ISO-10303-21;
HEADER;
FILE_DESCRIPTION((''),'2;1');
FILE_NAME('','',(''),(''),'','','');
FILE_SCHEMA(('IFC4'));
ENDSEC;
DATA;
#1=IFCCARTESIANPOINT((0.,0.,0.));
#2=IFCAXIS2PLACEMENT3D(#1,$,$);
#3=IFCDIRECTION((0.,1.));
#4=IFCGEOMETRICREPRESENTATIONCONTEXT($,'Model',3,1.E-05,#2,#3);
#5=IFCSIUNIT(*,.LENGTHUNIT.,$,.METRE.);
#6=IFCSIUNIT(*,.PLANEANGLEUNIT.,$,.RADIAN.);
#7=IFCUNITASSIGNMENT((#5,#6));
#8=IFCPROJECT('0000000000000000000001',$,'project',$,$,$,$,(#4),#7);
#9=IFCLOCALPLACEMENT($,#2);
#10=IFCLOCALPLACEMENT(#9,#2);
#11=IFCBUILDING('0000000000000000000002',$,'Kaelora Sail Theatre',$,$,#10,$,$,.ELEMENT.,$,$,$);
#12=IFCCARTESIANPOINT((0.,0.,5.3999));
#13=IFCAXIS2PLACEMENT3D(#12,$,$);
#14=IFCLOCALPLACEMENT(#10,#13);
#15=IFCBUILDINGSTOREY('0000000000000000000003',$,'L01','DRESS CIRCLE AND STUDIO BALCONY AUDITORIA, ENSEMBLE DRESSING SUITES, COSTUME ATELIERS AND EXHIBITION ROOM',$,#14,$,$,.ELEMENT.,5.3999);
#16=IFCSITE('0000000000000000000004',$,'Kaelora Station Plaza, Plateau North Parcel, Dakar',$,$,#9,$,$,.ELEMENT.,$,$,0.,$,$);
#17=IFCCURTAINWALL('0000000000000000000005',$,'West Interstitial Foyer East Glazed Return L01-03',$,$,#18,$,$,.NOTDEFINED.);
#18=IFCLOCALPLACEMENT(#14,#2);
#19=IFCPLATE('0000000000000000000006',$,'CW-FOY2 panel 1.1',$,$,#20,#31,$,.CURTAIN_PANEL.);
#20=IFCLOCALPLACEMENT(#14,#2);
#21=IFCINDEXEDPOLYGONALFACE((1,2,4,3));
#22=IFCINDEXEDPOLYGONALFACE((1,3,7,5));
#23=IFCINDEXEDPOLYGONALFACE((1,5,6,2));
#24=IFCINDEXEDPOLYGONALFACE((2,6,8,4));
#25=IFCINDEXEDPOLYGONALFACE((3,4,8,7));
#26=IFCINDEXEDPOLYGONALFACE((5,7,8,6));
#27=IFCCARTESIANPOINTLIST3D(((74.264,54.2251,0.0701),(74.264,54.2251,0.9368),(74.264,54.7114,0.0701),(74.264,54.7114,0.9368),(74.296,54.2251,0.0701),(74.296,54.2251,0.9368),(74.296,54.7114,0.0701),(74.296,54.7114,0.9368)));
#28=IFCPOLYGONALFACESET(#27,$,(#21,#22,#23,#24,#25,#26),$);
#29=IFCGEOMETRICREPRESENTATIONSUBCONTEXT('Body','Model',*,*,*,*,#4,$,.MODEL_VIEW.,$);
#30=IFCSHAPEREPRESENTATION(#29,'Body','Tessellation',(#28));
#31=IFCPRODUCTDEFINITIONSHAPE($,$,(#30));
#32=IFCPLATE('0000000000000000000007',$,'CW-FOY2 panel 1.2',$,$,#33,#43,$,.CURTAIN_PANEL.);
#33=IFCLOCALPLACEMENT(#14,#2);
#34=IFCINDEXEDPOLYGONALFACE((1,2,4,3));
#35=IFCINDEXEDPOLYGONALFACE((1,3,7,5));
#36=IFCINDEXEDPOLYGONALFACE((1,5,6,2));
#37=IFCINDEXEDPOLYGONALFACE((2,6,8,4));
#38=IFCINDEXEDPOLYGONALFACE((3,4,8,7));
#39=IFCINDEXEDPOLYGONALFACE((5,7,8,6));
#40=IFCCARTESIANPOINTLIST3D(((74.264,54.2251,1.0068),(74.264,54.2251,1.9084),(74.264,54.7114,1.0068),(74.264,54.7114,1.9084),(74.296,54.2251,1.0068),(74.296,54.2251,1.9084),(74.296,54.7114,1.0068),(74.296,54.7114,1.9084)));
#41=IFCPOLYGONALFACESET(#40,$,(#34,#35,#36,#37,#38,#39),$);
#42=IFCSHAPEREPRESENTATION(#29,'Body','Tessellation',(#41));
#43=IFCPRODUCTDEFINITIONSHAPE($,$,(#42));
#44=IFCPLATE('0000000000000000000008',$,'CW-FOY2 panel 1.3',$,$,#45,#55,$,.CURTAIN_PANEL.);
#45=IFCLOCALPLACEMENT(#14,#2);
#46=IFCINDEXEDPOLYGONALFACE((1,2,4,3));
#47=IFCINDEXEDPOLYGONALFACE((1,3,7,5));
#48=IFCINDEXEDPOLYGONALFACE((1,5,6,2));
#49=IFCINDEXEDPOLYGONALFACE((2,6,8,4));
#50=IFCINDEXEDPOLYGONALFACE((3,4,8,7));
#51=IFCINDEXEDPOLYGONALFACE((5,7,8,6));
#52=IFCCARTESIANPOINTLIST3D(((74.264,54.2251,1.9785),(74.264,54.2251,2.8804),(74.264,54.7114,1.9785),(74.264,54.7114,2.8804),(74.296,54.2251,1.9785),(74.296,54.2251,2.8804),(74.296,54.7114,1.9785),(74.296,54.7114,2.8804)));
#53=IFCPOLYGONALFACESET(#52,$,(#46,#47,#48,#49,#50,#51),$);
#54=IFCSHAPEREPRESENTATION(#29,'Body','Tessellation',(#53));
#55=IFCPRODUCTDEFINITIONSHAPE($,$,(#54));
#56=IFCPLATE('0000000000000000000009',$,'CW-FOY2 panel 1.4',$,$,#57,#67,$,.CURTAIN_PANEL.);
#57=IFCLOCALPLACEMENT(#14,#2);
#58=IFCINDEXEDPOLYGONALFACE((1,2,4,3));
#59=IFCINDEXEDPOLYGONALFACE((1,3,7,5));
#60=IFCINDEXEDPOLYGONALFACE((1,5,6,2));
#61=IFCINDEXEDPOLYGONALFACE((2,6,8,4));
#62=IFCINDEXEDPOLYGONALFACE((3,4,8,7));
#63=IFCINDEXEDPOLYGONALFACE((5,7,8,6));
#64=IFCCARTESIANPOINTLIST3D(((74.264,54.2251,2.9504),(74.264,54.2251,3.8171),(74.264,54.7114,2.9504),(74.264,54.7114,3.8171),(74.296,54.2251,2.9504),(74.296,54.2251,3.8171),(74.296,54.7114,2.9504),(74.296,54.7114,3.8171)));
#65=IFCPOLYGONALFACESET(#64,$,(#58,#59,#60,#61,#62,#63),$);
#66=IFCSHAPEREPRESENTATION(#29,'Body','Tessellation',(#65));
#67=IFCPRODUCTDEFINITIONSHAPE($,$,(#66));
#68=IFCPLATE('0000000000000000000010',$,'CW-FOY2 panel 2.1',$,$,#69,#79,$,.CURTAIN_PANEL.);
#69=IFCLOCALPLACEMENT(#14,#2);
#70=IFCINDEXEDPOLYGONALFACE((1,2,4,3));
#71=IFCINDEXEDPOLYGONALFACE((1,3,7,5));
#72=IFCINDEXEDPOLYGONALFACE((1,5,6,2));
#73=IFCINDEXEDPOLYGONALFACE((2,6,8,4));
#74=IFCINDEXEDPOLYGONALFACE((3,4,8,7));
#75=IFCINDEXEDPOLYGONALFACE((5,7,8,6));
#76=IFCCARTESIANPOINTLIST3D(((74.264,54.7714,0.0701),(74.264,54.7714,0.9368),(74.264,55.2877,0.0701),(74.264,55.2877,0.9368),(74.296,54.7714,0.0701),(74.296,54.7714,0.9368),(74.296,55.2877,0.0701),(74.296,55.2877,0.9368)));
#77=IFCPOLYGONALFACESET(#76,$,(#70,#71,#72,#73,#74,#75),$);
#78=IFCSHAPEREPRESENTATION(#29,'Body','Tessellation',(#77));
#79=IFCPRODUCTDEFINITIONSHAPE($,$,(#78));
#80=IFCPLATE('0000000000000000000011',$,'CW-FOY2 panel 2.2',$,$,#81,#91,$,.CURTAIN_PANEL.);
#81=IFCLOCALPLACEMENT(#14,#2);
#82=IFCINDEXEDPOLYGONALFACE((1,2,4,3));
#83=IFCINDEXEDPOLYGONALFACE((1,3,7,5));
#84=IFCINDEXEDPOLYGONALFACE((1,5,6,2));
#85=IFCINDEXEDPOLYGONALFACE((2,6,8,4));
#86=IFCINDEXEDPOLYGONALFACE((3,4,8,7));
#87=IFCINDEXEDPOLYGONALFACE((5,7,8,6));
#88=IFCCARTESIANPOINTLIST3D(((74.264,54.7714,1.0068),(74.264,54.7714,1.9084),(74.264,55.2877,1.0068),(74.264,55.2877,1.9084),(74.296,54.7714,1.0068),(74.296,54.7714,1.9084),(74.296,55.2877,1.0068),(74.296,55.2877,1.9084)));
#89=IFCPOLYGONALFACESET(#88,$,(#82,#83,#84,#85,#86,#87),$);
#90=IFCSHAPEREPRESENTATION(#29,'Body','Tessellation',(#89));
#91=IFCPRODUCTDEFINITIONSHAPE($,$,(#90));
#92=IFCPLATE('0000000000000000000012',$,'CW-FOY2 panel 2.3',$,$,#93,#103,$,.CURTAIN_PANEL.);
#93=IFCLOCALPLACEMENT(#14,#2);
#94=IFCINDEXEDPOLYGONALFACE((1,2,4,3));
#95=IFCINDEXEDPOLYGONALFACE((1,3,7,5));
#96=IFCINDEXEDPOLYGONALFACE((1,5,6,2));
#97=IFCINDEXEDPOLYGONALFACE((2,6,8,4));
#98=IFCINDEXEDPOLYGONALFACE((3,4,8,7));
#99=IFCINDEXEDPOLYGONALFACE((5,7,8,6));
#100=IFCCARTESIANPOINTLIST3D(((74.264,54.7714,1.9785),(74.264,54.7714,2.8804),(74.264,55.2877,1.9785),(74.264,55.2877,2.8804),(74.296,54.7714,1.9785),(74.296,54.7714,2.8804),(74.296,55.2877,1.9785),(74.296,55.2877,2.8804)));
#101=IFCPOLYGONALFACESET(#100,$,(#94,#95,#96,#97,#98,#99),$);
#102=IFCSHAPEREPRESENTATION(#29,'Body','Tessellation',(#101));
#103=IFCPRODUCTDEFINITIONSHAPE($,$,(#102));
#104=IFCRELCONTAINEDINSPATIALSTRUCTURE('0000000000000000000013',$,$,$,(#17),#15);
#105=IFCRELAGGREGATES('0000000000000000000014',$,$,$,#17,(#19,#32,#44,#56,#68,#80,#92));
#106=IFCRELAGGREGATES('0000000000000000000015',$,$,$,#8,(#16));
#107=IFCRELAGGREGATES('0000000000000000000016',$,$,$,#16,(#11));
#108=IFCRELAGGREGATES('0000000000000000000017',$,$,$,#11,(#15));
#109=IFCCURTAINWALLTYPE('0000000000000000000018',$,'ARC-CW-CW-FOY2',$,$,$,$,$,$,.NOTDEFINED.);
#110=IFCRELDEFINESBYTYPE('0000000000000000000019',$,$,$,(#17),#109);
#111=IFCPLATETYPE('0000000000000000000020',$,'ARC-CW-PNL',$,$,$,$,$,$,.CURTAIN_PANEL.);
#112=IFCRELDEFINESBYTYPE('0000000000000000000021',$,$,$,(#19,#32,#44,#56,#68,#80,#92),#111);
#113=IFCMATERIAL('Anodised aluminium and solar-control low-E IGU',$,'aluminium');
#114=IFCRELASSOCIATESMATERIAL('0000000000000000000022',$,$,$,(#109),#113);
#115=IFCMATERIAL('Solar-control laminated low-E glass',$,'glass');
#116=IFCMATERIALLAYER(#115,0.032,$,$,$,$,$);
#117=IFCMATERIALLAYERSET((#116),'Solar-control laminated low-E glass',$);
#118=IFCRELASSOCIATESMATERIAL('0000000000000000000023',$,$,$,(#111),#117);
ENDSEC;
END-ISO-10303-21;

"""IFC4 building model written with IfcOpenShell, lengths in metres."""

from ifc_helpers import new_model, si_unit, direction, frame, origin, origin_2d, place, context, subcontext, project, spatial, rectangle, extrude, material, layer, layer_set, type_object, element, aggregate, save


model = new_model("IFC4")

# Units and contexts
model_context = context("Model", 3, precision=1e-05, world=origin(), true_north=direction((0.0, 1.0)))
body_context = subcontext(model_context, "Body", "Model", "MODEL_VIEW")
ifc_project = project(units=[si_unit("LENGTHUNIT", "METRE"), si_unit("PLANEANGLEUNIT", "RADIAN")], contexts=[model_context])

# Site, building, storey
site_placement = place(None, origin())
site = spatial("IfcSite", under=ifc_project, at=site_placement, Name="Kaelora Station Plaza, Plateau North Parcel, Dakar", CompositionType="ELEMENT", RefElevation=0.0)
building_placement = place(site_placement, origin())
building = spatial("IfcBuilding", under=site, at=building_placement, Name="Kaelora Sail Theatre", CompositionType="ELEMENT")
storey_placement = place(building_placement, frame((0.0, 0.0, 5.3999)))
storey = spatial("IfcBuildingStorey", under=building, at=storey_placement, Name="L01", Description="DRESS CIRCLE AND STUDIO BALCONY AUDITORIA, ENSEMBLE DRESSING SUITES, COSTUME ATELIERS AND EXHIBITION ROOM", CompositionType="ELEMENT", Elevation=5.3999)

# Shared definitions
ifc_material_1 = material(Name="Anodised aluminium and solar-control low-E IGU", Category="aluminium")
curtain_wall_type = type_object("IfcCurtainWallType", Name="ARC-CW-CW-FOY2", PredefinedType="NOTDEFINED", material=ifc_material_1)

# Curtain wall
curtain_wall_1_placement = place(storey_placement, origin())
curtain_wall_1 = element("IfcCurtainWall", 1, at=curtain_wall_1_placement, inside=storey, type_object=curtain_wall_type, Name="West Interstitial Foyer East Glazed Return L01-03", PredefinedType="NOTDEFINED")

# Plates
ifc_material_2 = material(Name="Solar-control laminated low-E glass", Category="glass")
ifc_layer = layer(ifc_material_2, 0.032)
ifc_layer_set = layer_set([ifc_layer], Name="Solar-control laminated low-E glass")
plate_type = type_object("IfcPlateType", Name="ARC-CW-PNL", PredefinedType="CURTAIN_PANEL", material=ifc_layer_set)
plate_1_placement = place(storey_placement, frame((74.28, 54.4683, 0.0701), z_axis=(0.0, 0.0, 1.0), x_axis=(0.0, 1.0, 0.0)))
plate_1 = element("IfcPlate", 2, at=plate_1_placement, type_object=plate_type, Name="CW-FOY2 panel 1.1", PredefinedType="CURTAIN_PANEL", context=body_context, shape_type="SweptSolid", body=[
    extrude(rectangle(XDim=0.4863, YDim=0.032, at=origin_2d()), origin(), (0.0, 0.0, 1.0), 0.8667),
])
plate_2_placement = place(storey_placement, frame((74.28, 54.4683, 1.0068), z_axis=(0.0, 0.0, 1.0), x_axis=(0.0, 1.0, 0.0)))
plate_2 = element("IfcPlate", 3, at=plate_2_placement, type_object=plate_type, Name="CW-FOY2 panel 1.2", PredefinedType="CURTAIN_PANEL", context=body_context, shape_type="SweptSolid", body=[
    extrude(rectangle(XDim=0.4863, YDim=0.032, at=origin_2d()), origin(), (0.0, 0.0, 1.0), 0.9016),
])
plate_3_placement = place(storey_placement, frame((74.28, 54.4683, 1.9785), z_axis=(0.0, 0.0, 1.0), x_axis=(0.0, 1.0, 0.0)))
plate_3 = element("IfcPlate", 4, at=plate_3_placement, type_object=plate_type, Name="CW-FOY2 panel 1.3", PredefinedType="CURTAIN_PANEL", context=body_context, shape_type="SweptSolid", body=[
    extrude(rectangle(XDim=0.4863, YDim=0.032, at=origin_2d()), origin(), (0.0, 0.0, 1.0), 0.9019),
])
plate_4_placement = place(storey_placement, frame((74.28, 54.4683, 2.9504), z_axis=(0.0, 0.0, 1.0), x_axis=(0.0, 1.0, 0.0)))
plate_4 = element("IfcPlate", 5, at=plate_4_placement, type_object=plate_type, Name="CW-FOY2 panel 1.4", PredefinedType="CURTAIN_PANEL", context=body_context, shape_type="SweptSolid", body=[
    extrude(rectangle(XDim=0.4863, YDim=0.032, at=origin_2d()), origin(), (0.0, 0.0, 1.0), 0.8667),
])
plate_5_placement = place(storey_placement, frame((74.28, 55.0295, 0.0701), z_axis=(0.0, 0.0, 1.0), x_axis=(0.0, 1.0, 0.0)))
plate_5 = element("IfcPlate", 6, at=plate_5_placement, type_object=plate_type, Name="CW-FOY2 panel 2.1", PredefinedType="CURTAIN_PANEL", context=body_context, shape_type="SweptSolid", body=[
    extrude(rectangle(XDim=0.5164, YDim=0.032, at=origin_2d()), origin(), (0.0, 0.0, 1.0), 0.8667),
])
plate_6_placement = place(storey_placement, frame((74.28, 55.0295, 1.0068), z_axis=(0.0, 0.0, 1.0), x_axis=(0.0, 1.0, 0.0)))
plate_6 = element("IfcPlate", 7, at=plate_6_placement, type_object=plate_type, Name="CW-FOY2 panel 2.2", PredefinedType="CURTAIN_PANEL", context=body_context, shape_type="SweptSolid", body=[
    extrude(rectangle(XDim=0.5164, YDim=0.032, at=origin_2d()), origin(), (0.0, 0.0, 1.0), 0.9016),
])
plate_7_placement = place(storey_placement, frame((74.28, 55.0295, 1.9785), z_axis=(0.0, 0.0, 1.0), x_axis=(0.0, 1.0, 0.0)))
plate_7 = element("IfcPlate", 8, at=plate_7_placement, type_object=plate_type, Name="CW-FOY2 panel 2.3", PredefinedType="CURTAIN_PANEL", context=body_context, shape_type="SweptSolid", body=[
    extrude(rectangle(XDim=0.5164, YDim=0.032, at=origin_2d()), origin(), (0.0, 0.0, 1.0), 0.9019),
])
aggregate(curtain_wall_1, [plate_1, plate_2, plate_3, plate_4, plate_5, plate_6, plate_7])

save(model, "model.ifc")
